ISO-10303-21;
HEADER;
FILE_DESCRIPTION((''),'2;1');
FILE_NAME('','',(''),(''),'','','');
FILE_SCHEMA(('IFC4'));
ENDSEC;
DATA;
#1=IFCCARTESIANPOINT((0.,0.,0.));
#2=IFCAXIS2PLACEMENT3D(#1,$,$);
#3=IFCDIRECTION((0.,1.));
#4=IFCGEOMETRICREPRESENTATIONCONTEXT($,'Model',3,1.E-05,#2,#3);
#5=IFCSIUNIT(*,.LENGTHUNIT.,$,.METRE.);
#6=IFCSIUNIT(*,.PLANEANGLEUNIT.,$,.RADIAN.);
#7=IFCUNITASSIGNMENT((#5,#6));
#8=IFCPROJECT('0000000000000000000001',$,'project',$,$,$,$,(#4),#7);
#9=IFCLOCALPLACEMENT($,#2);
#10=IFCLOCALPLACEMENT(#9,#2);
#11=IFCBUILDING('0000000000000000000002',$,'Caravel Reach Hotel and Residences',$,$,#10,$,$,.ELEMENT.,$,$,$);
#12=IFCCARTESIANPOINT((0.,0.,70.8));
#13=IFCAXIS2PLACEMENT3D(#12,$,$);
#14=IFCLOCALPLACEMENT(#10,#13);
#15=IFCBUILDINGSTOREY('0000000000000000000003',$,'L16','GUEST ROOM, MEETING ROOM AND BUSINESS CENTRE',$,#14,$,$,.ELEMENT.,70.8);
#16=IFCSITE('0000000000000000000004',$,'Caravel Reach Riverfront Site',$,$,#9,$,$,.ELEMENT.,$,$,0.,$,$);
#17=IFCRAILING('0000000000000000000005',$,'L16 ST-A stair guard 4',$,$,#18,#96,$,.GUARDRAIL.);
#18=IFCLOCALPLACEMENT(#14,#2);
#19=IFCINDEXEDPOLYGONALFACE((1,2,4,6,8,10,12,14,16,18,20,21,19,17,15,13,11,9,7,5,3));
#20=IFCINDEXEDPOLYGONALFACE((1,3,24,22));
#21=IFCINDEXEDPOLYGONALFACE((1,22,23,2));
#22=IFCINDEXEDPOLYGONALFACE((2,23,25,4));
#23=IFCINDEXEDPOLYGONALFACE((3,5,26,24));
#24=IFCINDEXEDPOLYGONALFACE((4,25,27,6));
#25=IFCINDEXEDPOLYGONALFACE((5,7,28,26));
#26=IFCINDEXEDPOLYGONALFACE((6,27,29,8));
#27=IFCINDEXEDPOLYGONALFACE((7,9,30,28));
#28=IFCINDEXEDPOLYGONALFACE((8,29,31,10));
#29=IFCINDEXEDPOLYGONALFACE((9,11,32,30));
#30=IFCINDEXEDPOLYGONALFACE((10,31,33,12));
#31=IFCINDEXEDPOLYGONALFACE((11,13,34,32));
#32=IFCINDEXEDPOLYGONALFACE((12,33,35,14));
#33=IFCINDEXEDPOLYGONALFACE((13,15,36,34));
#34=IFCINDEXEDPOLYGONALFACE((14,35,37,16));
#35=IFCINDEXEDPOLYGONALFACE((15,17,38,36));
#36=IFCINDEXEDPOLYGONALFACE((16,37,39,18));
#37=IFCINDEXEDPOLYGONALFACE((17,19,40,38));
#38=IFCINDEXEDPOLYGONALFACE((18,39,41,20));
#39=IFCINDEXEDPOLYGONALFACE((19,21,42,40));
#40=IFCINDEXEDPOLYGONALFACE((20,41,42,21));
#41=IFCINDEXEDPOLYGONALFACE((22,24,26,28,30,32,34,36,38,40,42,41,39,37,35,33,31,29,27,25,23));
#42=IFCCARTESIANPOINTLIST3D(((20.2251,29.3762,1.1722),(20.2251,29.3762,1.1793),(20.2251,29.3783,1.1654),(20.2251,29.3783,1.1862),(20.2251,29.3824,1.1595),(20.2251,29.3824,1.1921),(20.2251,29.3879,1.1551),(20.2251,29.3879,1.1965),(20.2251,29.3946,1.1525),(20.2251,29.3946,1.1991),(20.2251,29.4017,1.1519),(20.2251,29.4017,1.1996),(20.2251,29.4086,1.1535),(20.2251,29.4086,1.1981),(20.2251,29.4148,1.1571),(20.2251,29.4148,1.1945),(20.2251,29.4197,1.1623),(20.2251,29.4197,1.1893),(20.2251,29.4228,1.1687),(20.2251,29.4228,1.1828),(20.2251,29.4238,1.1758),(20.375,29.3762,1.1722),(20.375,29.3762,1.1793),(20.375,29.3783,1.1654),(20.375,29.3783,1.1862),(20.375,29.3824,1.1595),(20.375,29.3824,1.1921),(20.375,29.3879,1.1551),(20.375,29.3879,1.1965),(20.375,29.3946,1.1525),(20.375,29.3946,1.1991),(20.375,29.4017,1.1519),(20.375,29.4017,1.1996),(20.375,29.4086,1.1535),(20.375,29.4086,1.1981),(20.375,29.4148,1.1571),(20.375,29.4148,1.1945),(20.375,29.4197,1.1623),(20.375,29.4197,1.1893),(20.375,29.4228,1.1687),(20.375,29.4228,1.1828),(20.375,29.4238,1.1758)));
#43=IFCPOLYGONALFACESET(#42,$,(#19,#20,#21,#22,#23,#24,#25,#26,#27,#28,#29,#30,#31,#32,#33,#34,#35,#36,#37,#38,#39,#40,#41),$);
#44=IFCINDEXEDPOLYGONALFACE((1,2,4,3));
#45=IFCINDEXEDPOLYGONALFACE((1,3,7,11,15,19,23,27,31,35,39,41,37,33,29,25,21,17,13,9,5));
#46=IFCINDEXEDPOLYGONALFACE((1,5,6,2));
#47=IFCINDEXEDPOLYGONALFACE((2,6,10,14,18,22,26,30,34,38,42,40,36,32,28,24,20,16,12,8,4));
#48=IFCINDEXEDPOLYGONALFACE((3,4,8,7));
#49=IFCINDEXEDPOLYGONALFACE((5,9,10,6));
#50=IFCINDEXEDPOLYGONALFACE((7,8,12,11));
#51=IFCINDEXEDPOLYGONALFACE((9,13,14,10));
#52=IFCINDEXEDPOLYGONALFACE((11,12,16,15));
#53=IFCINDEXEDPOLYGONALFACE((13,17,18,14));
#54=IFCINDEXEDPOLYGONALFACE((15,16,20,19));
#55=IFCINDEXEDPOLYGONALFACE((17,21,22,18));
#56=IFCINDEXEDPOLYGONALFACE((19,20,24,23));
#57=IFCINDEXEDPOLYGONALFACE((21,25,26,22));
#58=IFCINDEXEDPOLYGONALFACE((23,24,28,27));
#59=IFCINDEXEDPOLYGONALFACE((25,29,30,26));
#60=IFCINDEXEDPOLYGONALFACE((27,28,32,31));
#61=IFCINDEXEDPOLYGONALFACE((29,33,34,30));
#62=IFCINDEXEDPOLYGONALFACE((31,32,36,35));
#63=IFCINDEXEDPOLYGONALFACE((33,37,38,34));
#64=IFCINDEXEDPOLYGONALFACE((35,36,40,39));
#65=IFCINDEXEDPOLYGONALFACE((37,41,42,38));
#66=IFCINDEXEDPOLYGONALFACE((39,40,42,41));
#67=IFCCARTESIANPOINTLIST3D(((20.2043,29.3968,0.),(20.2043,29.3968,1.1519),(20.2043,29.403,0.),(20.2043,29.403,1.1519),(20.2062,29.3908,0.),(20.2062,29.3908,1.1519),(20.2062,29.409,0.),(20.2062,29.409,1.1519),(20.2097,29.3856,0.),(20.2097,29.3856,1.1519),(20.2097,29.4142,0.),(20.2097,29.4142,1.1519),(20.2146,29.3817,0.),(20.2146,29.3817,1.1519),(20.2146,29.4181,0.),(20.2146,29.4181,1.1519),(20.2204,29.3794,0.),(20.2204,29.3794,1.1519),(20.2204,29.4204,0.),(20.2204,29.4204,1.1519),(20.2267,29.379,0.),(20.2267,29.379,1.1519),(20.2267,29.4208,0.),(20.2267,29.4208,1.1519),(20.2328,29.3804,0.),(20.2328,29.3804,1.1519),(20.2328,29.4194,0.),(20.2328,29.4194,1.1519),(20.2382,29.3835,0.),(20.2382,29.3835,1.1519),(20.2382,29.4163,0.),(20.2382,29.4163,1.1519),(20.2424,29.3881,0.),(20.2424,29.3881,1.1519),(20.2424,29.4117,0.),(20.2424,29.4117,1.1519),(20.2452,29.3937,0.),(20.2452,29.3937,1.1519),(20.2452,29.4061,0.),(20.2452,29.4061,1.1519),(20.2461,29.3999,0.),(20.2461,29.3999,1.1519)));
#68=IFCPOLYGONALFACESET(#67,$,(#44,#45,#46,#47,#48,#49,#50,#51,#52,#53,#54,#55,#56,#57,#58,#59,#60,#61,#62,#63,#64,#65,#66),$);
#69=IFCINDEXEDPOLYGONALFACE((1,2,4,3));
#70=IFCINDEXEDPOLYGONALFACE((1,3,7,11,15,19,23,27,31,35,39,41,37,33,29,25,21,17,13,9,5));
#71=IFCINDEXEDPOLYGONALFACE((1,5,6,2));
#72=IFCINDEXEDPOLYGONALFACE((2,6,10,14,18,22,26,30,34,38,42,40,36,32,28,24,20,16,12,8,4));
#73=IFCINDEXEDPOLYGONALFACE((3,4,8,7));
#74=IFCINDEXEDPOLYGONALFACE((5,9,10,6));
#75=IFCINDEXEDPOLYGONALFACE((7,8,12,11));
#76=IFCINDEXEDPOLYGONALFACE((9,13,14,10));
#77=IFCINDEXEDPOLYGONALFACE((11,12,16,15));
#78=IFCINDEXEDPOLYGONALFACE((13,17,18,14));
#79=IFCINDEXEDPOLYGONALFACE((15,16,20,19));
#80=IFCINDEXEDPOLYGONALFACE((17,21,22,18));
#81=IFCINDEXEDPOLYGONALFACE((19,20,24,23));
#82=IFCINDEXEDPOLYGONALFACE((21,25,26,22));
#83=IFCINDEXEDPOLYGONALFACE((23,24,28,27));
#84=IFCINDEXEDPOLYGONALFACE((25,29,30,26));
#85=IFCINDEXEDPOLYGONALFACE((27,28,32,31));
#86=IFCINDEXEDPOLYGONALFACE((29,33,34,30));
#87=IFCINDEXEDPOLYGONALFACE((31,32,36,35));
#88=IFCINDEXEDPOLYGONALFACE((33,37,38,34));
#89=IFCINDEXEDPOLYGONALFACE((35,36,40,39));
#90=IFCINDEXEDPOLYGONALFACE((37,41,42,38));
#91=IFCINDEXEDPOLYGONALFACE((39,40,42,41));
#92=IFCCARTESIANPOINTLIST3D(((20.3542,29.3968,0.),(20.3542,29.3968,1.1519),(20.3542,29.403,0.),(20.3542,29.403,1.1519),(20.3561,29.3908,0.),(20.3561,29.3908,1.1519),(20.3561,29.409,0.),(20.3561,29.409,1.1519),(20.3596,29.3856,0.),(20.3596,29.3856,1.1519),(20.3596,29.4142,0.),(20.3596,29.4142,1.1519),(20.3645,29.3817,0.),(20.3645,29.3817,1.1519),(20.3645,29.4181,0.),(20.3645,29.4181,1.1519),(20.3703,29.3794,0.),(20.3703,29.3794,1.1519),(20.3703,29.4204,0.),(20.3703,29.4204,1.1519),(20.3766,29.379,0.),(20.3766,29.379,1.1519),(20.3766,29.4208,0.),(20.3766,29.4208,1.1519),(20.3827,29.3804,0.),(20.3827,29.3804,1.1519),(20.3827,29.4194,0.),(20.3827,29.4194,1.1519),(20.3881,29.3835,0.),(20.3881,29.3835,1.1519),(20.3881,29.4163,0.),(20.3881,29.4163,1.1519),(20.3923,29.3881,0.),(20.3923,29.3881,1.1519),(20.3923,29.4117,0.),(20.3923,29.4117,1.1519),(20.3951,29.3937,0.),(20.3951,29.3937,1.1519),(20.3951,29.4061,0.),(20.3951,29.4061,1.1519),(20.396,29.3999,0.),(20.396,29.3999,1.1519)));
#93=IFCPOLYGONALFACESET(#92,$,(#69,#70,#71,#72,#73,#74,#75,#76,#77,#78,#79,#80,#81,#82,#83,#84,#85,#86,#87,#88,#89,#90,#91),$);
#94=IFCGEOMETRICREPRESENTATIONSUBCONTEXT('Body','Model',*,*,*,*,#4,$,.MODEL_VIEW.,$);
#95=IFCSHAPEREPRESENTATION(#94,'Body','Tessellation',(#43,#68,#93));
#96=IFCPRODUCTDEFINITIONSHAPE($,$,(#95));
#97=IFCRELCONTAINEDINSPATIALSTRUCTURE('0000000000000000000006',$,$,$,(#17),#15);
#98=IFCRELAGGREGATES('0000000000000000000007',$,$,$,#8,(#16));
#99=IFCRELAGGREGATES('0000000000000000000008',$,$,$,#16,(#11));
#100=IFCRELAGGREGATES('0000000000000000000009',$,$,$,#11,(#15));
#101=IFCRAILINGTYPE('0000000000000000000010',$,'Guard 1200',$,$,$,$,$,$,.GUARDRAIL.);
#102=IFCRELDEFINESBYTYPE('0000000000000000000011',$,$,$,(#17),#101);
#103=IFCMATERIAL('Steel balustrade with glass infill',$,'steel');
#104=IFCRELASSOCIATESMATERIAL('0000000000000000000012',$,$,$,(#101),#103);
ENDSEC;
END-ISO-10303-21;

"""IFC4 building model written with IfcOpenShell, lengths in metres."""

from ifc_helpers import new_model, si_unit, direction, frame, origin, origin_2d, place, context, subcontext, project, spatial, circle, extrude, material, type_object, element, save


model = new_model("IFC4")

# Units and contexts
model_context = context("Model", 3, precision=1e-05, world=origin(), true_north=direction((0.0, 1.0)))
body_context = subcontext(model_context, "Body", "Model", "MODEL_VIEW")
ifc_project = project(units=[si_unit("LENGTHUNIT", "METRE"), si_unit("PLANEANGLEUNIT", "RADIAN")], contexts=[model_context])

# Site, building, storey
site_placement = place(None, origin())
site = spatial("IfcSite", under=ifc_project, at=site_placement, Name="Caravel Reach Riverfront Site", CompositionType="ELEMENT", RefElevation=0.0)
building_placement = place(site_placement, origin())
building = spatial("IfcBuilding", under=site, at=building_placement, Name="Caravel Reach Hotel and Residences", CompositionType="ELEMENT")
storey_placement = place(building_placement, frame((0.0, 0.0, 70.8)))
storey = spatial("IfcBuildingStorey", under=building, at=storey_placement, Name="L16", Description="GUEST ROOM, MEETING ROOM AND BUSINESS CENTRE", CompositionType="ELEMENT", Elevation=70.8)

# Railing
ifc_material_1 = material(Name="Steel balustrade with glass infill", Category="steel")
railing_type_1 = type_object("IfcRailingType", Name="Guard 1200", PredefinedType="GUARDRAIL", material=ifc_material_1)
railing_1_placement = place(storey_placement, frame((20.2251, 29.3999, 0.0)))
element("IfcRailing", 1, at=railing_1_placement, inside=storey, type_object=railing_type_1, Name="L16 ST-A stair guard 4", PredefinedType="GUARDRAIL", context=body_context, shape_type="SweptSolid", body=[
    extrude(circle(Radius=0.0239, at=origin_2d()), frame((0.0, 0.0, 1.1758), z_axis=(1.0, 0.0, 0.0), x_axis=(0.0, 1.0, 0.0)), (0.0, 0.0, 1.0), 0.1499),
    extrude(circle(Radius=0.021, at=origin_2d()), origin(), (0.0, 0.0, 1.0), 1.1519),
    extrude(circle(Radius=0.021, at=origin_2d()), frame((0.1499, 0.0, 0.0)), (0.0, 0.0, 1.0), 1.1519),
])

save(model, "model.ifc")
